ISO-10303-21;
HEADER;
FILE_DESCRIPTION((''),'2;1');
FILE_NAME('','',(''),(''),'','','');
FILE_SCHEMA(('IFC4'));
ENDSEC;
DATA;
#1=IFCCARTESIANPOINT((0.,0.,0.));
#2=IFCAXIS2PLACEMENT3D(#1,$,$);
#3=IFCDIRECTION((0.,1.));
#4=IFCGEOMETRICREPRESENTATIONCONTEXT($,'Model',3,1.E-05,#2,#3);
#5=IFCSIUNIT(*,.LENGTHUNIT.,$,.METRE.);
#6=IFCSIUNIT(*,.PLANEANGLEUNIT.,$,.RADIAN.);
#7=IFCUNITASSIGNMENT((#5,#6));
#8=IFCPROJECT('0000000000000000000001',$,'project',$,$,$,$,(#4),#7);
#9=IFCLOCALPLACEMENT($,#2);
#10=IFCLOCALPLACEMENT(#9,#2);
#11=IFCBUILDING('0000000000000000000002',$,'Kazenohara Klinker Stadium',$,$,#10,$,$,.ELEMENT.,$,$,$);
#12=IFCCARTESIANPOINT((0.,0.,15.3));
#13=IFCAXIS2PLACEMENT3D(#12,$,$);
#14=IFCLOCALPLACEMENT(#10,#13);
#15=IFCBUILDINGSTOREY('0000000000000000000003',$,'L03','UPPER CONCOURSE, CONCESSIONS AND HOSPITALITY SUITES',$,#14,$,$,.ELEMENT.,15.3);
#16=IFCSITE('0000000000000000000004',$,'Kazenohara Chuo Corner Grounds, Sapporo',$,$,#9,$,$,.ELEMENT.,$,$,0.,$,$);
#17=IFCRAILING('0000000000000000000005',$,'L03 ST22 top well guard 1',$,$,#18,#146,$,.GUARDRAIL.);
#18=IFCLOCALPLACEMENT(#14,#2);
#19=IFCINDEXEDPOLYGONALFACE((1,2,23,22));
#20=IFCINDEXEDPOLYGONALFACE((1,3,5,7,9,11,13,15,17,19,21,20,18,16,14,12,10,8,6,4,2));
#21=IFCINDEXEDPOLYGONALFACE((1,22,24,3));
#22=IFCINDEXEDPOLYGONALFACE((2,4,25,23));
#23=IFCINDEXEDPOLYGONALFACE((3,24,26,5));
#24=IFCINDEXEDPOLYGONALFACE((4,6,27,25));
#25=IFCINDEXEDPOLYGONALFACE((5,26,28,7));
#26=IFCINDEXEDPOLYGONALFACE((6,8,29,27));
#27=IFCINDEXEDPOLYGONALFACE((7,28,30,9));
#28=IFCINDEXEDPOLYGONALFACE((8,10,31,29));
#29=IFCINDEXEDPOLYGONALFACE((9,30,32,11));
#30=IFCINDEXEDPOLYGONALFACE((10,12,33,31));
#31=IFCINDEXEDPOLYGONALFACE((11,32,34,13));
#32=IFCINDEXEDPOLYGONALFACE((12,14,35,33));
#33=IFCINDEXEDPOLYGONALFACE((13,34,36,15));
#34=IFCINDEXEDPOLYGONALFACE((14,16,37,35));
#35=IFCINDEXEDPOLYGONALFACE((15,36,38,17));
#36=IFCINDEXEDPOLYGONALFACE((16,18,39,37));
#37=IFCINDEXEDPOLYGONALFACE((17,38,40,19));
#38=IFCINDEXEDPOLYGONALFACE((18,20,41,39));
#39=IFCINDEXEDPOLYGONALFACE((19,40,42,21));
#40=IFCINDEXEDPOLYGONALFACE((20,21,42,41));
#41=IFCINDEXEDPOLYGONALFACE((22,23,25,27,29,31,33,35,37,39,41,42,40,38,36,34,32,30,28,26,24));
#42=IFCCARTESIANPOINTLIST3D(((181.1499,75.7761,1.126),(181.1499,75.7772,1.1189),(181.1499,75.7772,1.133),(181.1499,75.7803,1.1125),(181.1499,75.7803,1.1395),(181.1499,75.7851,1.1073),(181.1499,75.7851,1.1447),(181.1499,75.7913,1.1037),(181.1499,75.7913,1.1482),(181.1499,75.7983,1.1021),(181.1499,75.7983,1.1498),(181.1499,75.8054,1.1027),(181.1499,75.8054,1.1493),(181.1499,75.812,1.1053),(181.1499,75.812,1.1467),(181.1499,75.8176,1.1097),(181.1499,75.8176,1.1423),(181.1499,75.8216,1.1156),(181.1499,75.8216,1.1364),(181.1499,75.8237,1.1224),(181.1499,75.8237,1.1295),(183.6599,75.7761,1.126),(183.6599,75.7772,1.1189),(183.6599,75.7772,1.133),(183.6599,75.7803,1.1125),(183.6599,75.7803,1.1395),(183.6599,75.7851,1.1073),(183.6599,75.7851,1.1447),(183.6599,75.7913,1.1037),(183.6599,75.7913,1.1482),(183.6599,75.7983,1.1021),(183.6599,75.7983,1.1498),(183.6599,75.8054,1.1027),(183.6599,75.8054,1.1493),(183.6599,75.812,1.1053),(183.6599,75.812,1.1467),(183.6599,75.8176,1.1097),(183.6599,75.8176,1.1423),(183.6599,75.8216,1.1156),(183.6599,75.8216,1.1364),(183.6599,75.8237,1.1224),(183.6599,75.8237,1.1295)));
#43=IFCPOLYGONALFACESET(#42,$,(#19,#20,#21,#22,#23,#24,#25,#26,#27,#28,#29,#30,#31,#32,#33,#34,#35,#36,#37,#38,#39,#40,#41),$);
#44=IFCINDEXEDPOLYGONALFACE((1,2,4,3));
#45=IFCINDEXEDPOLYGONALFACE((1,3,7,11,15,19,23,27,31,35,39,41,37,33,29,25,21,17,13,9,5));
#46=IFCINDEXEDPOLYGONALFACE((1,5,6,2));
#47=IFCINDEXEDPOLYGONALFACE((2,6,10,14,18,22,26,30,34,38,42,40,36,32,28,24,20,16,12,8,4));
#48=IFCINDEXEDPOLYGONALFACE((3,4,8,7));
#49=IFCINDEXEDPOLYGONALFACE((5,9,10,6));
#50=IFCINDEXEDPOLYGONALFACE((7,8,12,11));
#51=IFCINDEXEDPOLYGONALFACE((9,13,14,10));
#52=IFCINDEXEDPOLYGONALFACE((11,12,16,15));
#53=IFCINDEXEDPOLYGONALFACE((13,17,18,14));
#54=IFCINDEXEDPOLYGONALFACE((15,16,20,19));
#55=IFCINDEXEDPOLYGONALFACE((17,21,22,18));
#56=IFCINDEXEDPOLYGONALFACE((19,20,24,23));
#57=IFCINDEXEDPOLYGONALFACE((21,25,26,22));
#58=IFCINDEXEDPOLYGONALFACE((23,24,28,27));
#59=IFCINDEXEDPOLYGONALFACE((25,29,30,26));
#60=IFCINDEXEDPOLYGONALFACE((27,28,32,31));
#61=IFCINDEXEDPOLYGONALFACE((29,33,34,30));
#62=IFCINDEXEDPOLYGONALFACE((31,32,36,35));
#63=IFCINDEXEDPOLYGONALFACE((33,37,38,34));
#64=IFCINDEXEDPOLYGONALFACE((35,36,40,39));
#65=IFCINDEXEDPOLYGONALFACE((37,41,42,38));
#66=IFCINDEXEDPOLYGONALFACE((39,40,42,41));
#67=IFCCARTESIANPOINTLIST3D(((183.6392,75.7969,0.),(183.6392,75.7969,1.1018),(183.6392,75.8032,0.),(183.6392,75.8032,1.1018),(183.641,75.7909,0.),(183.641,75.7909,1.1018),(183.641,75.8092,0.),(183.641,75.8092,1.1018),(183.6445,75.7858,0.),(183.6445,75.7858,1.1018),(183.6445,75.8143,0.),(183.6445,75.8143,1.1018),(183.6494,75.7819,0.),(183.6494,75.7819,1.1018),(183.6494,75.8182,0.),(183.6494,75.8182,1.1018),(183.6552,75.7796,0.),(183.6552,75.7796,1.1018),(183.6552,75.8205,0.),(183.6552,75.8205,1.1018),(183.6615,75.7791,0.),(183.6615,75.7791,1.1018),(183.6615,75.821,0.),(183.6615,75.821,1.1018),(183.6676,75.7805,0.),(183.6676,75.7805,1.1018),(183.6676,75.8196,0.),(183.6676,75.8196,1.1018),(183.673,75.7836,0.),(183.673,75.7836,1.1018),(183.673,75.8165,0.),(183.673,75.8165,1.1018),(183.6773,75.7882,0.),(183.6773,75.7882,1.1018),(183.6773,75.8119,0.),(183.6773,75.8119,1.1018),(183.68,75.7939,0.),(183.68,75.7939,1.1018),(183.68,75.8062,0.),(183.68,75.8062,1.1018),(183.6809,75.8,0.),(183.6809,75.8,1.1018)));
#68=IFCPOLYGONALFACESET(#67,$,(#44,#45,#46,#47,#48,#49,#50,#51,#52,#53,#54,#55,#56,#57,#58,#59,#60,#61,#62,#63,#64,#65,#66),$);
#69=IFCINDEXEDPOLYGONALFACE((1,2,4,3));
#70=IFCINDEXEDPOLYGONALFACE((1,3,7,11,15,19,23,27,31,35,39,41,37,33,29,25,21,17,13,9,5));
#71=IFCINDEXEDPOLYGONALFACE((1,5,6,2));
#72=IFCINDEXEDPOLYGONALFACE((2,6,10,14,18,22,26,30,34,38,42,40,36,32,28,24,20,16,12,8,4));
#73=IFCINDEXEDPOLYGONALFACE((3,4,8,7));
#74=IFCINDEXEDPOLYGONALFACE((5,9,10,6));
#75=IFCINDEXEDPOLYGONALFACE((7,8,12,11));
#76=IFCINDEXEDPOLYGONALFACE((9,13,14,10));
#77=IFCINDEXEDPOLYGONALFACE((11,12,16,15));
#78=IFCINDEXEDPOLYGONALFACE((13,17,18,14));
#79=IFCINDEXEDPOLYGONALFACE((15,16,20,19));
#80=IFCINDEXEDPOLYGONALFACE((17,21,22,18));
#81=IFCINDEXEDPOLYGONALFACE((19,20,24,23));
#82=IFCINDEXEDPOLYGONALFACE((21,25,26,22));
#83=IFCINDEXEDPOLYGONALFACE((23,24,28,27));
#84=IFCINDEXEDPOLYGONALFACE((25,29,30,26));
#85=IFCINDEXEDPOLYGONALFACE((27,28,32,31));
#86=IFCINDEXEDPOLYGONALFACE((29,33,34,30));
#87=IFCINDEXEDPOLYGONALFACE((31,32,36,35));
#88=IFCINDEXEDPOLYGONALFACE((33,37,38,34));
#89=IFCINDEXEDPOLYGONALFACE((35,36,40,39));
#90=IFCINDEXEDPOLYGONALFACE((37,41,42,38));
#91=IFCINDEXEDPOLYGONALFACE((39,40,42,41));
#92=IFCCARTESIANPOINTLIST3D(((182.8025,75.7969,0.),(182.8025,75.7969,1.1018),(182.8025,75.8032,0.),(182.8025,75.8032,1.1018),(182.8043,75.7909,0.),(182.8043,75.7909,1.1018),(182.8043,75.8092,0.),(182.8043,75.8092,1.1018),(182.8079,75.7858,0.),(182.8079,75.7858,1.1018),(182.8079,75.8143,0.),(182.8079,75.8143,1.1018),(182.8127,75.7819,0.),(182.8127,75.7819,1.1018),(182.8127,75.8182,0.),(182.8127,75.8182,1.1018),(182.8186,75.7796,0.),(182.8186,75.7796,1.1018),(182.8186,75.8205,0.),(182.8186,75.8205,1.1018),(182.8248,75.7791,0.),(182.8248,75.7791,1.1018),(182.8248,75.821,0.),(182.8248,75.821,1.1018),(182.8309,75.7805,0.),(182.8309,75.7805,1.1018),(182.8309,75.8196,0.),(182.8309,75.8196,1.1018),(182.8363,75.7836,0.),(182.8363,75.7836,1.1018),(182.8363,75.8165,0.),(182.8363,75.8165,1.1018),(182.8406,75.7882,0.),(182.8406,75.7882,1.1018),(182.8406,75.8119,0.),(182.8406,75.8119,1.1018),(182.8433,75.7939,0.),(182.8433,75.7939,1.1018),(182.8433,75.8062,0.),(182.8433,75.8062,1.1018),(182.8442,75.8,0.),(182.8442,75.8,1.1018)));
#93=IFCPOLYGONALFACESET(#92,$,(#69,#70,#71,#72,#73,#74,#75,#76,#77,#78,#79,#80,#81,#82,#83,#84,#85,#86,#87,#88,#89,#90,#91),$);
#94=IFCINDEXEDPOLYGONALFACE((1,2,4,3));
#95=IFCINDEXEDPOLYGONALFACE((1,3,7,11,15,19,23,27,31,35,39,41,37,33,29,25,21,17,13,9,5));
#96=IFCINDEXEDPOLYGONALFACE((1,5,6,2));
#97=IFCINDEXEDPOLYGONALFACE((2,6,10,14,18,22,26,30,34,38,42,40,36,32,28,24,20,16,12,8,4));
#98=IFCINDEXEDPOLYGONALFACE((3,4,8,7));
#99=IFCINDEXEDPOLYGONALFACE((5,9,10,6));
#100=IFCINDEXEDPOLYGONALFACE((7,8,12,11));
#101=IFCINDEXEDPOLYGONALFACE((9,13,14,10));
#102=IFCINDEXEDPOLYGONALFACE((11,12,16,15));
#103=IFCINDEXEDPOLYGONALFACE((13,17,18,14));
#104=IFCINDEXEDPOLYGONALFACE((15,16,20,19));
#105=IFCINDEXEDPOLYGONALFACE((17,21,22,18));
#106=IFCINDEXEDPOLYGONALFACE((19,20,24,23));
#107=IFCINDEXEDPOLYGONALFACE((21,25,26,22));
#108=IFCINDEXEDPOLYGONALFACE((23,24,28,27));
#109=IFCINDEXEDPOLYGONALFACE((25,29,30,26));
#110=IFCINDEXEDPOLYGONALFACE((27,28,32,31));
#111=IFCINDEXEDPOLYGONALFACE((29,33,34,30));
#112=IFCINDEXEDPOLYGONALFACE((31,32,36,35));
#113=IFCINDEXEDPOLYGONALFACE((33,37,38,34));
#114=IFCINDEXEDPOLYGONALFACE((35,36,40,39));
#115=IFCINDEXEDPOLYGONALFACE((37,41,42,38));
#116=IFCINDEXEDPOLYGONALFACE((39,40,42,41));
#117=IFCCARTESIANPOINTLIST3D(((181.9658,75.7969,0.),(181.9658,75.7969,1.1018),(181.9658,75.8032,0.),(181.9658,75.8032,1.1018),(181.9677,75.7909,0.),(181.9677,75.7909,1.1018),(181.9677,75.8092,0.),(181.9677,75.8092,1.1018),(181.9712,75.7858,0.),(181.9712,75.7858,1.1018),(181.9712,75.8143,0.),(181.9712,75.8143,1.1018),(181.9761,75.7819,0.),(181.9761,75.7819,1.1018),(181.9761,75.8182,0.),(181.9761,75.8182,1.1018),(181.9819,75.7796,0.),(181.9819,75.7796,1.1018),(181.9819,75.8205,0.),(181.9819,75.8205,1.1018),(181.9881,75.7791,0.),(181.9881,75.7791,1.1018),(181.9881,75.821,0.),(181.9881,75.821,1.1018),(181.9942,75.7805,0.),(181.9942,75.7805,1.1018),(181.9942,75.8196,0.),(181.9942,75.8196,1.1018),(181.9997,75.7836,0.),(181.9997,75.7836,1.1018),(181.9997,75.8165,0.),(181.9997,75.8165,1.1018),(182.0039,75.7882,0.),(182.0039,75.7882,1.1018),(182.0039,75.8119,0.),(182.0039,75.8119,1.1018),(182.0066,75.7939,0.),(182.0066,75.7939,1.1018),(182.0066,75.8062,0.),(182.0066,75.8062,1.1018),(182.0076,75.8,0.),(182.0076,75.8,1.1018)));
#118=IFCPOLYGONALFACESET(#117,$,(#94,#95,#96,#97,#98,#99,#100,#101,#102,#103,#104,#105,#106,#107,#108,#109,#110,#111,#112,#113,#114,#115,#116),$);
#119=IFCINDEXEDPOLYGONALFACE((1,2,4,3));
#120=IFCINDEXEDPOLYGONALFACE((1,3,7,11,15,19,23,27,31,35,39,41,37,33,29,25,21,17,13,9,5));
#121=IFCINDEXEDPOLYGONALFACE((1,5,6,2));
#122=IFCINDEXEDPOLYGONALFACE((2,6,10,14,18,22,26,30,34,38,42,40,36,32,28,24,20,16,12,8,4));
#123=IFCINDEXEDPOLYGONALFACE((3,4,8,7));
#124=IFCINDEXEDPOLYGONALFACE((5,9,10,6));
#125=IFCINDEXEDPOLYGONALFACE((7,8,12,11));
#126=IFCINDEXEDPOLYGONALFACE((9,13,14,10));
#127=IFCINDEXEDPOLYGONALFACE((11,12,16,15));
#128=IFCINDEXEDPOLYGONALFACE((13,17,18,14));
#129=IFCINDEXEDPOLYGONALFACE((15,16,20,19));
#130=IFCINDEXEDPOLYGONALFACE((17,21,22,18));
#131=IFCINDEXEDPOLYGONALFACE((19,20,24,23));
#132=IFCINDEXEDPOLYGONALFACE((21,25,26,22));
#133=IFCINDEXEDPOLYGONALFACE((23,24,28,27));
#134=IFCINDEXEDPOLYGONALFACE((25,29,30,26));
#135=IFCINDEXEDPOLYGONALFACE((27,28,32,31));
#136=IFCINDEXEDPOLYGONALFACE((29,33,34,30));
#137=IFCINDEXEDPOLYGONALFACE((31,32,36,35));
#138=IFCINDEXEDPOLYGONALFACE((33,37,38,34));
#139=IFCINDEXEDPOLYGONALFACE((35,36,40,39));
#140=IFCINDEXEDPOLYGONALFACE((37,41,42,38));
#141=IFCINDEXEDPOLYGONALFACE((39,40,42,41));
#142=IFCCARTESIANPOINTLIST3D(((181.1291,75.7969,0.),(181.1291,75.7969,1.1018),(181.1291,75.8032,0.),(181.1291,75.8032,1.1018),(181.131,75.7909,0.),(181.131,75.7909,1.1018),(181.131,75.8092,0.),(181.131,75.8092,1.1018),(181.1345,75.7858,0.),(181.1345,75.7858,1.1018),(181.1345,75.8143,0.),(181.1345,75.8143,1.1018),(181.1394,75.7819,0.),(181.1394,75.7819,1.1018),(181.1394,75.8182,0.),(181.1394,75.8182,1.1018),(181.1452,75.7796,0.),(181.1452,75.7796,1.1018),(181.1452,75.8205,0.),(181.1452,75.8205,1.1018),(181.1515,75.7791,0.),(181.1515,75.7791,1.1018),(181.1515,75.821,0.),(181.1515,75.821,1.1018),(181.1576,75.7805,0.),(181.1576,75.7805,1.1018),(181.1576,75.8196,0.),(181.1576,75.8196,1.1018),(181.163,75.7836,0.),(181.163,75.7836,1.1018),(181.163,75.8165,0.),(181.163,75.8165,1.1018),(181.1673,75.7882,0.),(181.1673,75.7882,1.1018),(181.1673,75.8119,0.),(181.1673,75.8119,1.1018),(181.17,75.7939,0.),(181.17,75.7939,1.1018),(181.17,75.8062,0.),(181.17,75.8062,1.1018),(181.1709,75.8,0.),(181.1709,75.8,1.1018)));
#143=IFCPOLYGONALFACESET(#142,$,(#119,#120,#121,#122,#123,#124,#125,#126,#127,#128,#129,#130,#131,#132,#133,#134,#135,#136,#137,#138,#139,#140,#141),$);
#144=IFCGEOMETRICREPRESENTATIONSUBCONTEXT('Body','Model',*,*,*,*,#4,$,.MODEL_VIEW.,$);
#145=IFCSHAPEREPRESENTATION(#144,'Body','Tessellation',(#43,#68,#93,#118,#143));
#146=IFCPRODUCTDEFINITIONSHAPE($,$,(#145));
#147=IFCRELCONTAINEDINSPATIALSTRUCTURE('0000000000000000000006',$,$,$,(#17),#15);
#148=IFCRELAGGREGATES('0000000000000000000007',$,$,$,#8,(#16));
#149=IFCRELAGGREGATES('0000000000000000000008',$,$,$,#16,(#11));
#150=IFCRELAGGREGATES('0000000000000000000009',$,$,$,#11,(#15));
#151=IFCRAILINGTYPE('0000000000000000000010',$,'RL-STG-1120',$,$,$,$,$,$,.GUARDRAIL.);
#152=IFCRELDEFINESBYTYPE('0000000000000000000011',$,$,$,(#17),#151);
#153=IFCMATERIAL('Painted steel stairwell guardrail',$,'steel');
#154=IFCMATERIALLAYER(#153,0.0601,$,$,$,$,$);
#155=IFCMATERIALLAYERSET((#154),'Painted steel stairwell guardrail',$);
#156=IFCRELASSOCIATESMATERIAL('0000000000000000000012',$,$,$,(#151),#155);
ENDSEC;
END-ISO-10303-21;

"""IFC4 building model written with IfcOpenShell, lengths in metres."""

from ifc_helpers import new_model, si_unit, direction, frame, origin, origin_2d, place, context, subcontext, project, spatial, circle, extrude, material, layer, layer_set, type_object, element, save


model = new_model("IFC4")

# Units and contexts
model_context = context("Model", 3, precision=1e-05, world=origin(), true_north=direction((0.0, 1.0)))
body_context = subcontext(model_context, "Body", "Model", "MODEL_VIEW")
ifc_project = project(units=[si_unit("LENGTHUNIT", "METRE"), si_unit("PLANEANGLEUNIT", "RADIAN")], contexts=[model_context])

# Site, building, storey
site_placement = place(None, origin())
site = spatial("IfcSite", under=ifc_project, at=site_placement, Name="Kazenohara Chuo Corner Grounds, Sapporo", CompositionType="ELEMENT", RefElevation=0.0)
building_placement = place(site_placement, origin())
building = spatial("IfcBuilding", under=site, at=building_placement, Name="Kazenohara Klinker Stadium", CompositionType="ELEMENT")
storey_placement = place(building_placement, frame((0.0, 0.0, 15.3)))
storey = spatial("IfcBuildingStorey", under=building, at=storey_placement, Name="L03", Description="UPPER CONCOURSE, CONCESSIONS AND HOSPITALITY SUITES", CompositionType="ELEMENT", Elevation=15.3)

# Railing
ifc_material_1 = material(Name="Painted steel stairwell guardrail", Category="steel")
ifc_layer_1 = layer(ifc_material_1, 0.0601)
ifc_layer_set_1 = layer_set([ifc_layer_1], Name="Painted steel stairwell guardrail")
railing_type = type_object("IfcRailingType", Name="RL-STG-1120", PredefinedType="GUARDRAIL", material=ifc_layer_set_1)
railing_placement = place(storey_placement, frame((183.6599, 75.8, 0.0)))
element("IfcRailing", 1, at=railing_placement, inside=storey, type_object=railing_type, Name="L03 ST22 top well guard 1", PredefinedType="GUARDRAIL", context=body_context, shape_type="SweptSolid", body=[
    extrude(circle(Radius=0.0239, at=origin_2d()), frame((0.0, 0.0, 1.126), z_axis=(-1.0, 0.0, 0.0), x_axis=(0.0, -1.0, 0.0)), (0.0, 0.0, 1.0), 2.51),
    extrude(circle(Radius=0.021, at=origin_2d()), origin(), (0.0, 0.0, 1.0), 1.1018),
    extrude(circle(Radius=0.021, at=origin_2d()), frame((-0.8367, 0.0, 0.0)), (0.0, 0.0, 1.0), 1.1018),
    extrude(circle(Radius=0.021, at=origin_2d()), frame((-1.6733, 0.0, 0.0)), (0.0, 0.0, 1.0), 1.1018),
    extrude(circle(Radius=0.021, at=origin_2d()), frame((-2.51, 0.0, 0.0)), (0.0, 0.0, 1.0), 1.1018),
])

save(model, "model.ifc")
